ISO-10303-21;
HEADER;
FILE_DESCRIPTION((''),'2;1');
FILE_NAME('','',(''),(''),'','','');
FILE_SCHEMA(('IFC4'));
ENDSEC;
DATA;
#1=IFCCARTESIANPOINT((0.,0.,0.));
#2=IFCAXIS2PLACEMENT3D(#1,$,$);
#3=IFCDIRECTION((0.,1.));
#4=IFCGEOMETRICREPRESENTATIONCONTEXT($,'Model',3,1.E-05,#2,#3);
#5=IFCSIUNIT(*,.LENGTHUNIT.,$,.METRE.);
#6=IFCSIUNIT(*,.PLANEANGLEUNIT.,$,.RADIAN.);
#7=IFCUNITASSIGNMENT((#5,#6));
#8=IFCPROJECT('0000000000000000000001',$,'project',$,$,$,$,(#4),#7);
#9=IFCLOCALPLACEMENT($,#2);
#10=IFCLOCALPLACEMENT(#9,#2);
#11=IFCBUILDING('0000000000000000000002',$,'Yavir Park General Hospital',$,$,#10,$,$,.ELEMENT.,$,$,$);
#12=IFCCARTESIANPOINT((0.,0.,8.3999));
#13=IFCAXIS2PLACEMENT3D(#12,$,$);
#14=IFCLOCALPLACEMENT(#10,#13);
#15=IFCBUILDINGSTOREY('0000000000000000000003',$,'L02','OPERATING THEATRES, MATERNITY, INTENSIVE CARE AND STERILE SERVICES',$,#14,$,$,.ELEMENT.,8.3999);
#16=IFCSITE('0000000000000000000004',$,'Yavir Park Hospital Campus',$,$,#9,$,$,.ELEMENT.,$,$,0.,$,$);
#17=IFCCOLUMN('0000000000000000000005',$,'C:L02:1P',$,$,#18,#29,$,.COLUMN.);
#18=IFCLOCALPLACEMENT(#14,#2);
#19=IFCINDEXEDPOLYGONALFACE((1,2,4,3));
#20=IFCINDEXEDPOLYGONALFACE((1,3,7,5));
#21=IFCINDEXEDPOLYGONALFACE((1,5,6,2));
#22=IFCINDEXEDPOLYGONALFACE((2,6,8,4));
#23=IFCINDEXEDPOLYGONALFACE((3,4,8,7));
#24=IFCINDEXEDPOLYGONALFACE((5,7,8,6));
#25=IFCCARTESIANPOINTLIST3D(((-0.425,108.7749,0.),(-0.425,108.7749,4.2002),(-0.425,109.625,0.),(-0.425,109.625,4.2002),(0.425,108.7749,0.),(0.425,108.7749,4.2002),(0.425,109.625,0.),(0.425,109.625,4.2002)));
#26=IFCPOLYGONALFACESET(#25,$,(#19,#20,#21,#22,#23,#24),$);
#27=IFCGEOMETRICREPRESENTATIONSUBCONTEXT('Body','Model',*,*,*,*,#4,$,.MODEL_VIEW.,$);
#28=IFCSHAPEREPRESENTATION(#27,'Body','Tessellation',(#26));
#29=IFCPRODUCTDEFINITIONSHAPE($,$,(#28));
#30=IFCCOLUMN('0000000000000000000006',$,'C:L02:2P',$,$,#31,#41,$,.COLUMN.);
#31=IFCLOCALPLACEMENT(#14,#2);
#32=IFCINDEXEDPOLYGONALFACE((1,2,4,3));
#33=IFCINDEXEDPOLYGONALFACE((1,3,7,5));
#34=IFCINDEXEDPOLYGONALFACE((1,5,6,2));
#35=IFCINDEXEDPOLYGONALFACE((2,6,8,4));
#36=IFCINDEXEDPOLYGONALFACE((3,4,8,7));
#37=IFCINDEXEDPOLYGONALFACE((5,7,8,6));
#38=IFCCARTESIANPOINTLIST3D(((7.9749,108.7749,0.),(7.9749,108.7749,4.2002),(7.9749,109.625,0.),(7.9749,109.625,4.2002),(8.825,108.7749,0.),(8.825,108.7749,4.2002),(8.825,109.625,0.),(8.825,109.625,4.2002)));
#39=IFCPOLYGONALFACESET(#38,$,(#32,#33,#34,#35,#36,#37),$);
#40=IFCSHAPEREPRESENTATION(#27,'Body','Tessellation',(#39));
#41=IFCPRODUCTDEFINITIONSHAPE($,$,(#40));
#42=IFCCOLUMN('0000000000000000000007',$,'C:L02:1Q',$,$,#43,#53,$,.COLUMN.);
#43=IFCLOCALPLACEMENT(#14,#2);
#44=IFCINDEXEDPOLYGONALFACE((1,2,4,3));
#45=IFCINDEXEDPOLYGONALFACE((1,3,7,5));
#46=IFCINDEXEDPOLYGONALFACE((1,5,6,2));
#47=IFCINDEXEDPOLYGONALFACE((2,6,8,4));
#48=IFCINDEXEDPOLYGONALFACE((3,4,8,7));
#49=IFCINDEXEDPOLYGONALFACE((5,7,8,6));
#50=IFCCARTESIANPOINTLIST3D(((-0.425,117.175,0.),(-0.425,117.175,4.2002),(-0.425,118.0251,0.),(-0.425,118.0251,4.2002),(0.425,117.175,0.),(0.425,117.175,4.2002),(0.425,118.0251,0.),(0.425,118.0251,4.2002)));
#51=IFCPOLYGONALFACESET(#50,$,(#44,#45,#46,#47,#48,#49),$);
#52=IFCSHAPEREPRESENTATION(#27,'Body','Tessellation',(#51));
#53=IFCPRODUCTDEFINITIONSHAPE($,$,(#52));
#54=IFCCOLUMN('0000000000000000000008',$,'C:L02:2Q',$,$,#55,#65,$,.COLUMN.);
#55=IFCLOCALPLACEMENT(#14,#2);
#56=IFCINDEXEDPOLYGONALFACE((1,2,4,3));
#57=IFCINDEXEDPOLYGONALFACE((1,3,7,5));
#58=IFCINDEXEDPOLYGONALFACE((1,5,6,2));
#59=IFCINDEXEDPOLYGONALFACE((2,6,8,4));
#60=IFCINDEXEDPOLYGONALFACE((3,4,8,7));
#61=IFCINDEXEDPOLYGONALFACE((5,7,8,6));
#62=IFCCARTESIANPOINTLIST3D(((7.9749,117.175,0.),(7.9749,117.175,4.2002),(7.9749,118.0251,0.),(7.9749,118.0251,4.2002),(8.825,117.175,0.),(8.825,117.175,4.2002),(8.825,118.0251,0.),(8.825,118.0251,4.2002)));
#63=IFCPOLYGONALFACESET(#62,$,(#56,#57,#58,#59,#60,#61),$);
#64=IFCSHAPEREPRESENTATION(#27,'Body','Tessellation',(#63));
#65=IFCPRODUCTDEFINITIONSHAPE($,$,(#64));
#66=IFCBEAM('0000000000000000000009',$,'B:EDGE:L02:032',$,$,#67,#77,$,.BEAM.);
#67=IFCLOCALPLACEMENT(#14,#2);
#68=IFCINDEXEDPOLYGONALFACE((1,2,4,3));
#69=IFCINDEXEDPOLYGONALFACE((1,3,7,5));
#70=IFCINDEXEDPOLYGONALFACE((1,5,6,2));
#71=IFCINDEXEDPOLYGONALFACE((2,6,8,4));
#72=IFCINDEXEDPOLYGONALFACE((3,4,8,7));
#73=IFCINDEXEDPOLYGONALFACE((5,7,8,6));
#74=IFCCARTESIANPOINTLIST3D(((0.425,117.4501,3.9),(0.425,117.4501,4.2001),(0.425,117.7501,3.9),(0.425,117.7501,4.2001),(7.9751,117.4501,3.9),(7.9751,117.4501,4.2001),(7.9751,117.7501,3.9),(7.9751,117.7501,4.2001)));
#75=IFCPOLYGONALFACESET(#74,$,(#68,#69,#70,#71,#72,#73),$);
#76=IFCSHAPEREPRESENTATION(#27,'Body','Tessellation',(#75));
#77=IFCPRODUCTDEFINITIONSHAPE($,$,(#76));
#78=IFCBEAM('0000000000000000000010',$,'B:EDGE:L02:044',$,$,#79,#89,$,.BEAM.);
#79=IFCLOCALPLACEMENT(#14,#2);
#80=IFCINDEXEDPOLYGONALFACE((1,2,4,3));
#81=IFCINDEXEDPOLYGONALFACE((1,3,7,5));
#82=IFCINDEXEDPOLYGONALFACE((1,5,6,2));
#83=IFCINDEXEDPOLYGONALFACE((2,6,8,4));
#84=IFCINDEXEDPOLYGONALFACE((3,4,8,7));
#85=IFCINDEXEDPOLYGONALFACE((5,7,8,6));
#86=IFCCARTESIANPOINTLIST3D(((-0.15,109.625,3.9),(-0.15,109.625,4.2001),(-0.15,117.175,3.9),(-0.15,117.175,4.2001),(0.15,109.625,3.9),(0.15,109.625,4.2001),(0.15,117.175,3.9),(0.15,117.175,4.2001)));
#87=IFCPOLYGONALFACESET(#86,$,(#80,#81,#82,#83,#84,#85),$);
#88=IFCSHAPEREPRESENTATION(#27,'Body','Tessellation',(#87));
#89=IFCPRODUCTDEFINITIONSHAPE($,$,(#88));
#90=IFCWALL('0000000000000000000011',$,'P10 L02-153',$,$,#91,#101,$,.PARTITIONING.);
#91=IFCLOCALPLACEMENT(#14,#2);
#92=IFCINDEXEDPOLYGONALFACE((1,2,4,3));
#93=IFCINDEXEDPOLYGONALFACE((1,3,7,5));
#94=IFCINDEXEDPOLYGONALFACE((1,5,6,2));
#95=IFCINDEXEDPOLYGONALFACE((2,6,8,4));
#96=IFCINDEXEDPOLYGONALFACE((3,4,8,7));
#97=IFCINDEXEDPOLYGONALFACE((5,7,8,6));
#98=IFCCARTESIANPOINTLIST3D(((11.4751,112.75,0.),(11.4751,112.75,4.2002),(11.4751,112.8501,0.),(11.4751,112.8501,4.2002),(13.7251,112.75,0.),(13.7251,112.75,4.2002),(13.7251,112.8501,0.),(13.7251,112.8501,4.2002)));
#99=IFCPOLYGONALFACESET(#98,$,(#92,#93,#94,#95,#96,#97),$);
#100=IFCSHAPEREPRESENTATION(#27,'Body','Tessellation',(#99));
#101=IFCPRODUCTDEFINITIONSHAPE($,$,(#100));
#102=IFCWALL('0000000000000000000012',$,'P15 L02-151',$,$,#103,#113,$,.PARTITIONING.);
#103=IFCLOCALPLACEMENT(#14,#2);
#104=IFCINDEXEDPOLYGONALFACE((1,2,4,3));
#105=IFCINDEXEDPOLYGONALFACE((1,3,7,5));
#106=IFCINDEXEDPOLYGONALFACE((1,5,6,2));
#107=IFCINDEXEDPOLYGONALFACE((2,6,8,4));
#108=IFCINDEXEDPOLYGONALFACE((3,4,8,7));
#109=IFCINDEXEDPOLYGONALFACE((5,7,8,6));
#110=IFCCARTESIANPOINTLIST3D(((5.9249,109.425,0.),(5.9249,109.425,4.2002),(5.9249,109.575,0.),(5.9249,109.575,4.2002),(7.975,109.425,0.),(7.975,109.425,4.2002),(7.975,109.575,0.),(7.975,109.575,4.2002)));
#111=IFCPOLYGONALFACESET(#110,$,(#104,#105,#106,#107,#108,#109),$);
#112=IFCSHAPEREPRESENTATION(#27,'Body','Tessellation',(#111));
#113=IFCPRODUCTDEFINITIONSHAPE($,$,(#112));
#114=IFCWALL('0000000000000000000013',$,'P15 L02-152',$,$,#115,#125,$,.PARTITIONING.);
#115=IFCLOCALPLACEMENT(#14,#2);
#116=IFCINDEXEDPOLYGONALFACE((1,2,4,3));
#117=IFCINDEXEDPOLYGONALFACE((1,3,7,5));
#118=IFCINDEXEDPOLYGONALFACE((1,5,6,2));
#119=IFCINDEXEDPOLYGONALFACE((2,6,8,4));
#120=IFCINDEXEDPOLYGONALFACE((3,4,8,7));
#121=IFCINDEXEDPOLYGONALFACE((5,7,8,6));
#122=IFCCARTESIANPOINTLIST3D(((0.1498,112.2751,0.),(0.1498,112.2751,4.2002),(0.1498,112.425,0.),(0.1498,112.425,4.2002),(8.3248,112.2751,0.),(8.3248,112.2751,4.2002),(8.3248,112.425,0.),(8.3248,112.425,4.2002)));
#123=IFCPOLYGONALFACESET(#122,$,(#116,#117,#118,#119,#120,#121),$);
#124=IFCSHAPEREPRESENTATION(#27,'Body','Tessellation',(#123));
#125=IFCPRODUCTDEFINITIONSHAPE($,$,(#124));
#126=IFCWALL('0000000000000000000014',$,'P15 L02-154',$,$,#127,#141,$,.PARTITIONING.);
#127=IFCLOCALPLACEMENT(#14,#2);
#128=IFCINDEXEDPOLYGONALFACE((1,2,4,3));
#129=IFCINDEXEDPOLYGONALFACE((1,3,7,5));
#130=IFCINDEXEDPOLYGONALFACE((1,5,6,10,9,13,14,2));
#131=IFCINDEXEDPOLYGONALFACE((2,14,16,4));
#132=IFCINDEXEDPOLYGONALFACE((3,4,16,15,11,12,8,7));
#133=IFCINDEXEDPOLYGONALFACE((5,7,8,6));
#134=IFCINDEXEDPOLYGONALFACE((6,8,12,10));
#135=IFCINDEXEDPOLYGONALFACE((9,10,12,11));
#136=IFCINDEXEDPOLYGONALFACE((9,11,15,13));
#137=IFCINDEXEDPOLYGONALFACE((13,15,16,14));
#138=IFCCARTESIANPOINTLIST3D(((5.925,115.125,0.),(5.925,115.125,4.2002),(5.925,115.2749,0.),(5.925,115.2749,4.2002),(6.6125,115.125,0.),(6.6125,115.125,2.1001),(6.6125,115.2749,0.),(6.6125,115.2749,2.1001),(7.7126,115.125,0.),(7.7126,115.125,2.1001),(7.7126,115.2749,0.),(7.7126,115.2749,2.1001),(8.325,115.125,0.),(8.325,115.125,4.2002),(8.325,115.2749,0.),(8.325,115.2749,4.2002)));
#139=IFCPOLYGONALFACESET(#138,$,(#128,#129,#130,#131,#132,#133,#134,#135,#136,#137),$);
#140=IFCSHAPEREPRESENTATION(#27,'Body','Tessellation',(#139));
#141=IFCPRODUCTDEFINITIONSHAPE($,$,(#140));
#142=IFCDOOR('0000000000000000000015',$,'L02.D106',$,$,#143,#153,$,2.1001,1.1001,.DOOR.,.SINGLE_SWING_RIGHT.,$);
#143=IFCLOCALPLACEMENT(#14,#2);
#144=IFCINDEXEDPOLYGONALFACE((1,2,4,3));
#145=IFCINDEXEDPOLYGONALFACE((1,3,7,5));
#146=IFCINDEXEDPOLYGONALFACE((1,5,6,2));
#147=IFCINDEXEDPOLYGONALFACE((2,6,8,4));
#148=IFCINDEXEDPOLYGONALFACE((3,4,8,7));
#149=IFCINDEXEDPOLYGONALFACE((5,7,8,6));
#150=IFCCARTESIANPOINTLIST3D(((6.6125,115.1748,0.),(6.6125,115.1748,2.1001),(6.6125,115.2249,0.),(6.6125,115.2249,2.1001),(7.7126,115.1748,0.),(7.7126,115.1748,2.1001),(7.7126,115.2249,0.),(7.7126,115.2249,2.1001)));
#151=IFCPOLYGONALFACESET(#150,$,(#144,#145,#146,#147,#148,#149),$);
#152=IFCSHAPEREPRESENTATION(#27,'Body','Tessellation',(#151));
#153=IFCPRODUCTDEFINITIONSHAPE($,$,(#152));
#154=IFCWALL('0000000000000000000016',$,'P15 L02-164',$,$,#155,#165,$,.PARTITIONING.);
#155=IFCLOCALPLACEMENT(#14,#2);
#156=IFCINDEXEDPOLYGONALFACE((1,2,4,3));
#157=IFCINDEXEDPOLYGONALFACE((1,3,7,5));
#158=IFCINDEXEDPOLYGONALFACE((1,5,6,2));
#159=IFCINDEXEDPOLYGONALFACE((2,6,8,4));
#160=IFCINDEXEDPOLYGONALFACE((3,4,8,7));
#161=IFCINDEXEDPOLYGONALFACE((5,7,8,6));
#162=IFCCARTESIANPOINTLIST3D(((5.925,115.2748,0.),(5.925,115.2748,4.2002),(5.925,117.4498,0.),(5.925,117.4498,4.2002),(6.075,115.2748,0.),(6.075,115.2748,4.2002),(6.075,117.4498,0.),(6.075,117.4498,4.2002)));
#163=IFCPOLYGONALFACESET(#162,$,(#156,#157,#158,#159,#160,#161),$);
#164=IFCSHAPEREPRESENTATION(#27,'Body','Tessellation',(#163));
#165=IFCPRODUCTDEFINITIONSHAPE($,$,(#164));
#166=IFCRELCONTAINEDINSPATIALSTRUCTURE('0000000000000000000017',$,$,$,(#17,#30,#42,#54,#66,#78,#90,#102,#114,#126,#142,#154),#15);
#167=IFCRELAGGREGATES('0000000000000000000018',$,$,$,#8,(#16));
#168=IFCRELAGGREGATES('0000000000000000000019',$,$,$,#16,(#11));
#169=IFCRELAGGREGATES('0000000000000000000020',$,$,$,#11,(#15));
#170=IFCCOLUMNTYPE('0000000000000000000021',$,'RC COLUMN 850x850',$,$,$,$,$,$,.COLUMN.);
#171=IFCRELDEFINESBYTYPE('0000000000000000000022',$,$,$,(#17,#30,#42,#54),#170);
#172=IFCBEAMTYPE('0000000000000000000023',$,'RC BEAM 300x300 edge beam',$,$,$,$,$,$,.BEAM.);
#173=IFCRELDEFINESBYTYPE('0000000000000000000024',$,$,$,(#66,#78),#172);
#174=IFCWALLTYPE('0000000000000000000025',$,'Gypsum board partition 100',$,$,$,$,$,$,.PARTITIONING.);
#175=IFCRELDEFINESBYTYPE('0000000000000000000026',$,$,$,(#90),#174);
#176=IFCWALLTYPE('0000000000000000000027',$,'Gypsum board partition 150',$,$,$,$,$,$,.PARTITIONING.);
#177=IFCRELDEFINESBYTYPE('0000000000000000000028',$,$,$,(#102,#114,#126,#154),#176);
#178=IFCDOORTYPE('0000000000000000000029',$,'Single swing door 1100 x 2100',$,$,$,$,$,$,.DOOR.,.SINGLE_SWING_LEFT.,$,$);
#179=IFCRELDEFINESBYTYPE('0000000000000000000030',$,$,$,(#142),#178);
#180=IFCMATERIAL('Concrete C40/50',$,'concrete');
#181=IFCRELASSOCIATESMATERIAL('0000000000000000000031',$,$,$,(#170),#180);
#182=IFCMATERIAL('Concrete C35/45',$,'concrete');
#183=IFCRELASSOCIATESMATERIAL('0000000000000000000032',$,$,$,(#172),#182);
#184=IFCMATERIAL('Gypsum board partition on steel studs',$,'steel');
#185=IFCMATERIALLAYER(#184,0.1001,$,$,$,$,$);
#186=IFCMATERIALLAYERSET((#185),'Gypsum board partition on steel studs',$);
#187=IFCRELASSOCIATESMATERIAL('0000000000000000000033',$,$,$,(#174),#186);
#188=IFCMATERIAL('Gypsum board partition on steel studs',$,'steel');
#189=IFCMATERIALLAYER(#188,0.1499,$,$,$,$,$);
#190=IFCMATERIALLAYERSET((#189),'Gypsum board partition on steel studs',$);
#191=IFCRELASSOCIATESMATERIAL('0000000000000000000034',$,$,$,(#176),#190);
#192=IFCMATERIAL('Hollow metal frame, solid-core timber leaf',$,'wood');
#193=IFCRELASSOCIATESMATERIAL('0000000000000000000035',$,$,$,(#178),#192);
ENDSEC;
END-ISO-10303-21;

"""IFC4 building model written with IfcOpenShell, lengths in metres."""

from ifc_helpers import new_model, si_unit, direction, frame, frame_2d, origin, origin_2d, place, context, subcontext, project, spatial, rectangle, extrude, material, layer, layer_set, material_profile, profile_set, type_object, element, fill, save


model = new_model("IFC4")

# Units and contexts
model_context = context("Model", 3, precision=1e-05, world=origin(), true_north=direction((0.0, 1.0)))
body_context = subcontext(model_context, "Body", "Model", "MODEL_VIEW")
ifc_project = project(units=[si_unit("LENGTHUNIT", "METRE"), si_unit("PLANEANGLEUNIT", "RADIAN")], contexts=[model_context])

# Site, building, storey
site_placement = place(None, origin())
site = spatial("IfcSite", under=ifc_project, at=site_placement, Name="Yavir Park Hospital Campus", CompositionType="ELEMENT", RefElevation=0.0)
building_placement = place(site_placement, origin())
building = spatial("IfcBuilding", under=site, at=building_placement, Name="Yavir Park General Hospital", CompositionType="ELEMENT")
storey_placement = place(building_placement, frame((0.0, 0.0, 8.3999)))
storey = spatial("IfcBuildingStorey", under=building, at=storey_placement, Name="L02", Description="OPERATING THEATRES, MATERNITY, INTENSIVE CARE AND STERILE SERVICES", CompositionType="ELEMENT", Elevation=8.3999)

# Columns
ifc_material_1 = material(Name="Concrete C40/50", Category="concrete")
ifc_material_profile_1 = material_profile(ifc_material_1, rectangle(XDim=0.8501, YDim=0.8501, at=origin_2d()), Name="RC850x850")
ifc_profile_set_1 = profile_set([ifc_material_profile_1], Name="Concrete C40/50")
column_type = type_object("IfcColumnType", Name="RC COLUMN 850x850", PredefinedType="COLUMN", material=ifc_profile_set_1)
for number, where, z_axis, x_axis, name in (
    (1, (0.0, 109.2, 0.0), (0.0, 0.0, 1.0), (1.0, 0.0, 0.0), "C:L02:1P"),
    (2, (8.3999, 109.2, 0.0), (0.0, 0.0, 1.0), (1.0, 0.0, 0.0), "C:L02:2P"),
    (3, (0.0, 117.6001, 0.0), (0.0, 0.0, 1.0), (1.0, 0.0, 0.0), "C:L02:1Q"),
    (4, (8.3999, 117.6001, 0.0), (0.0, 0.0, 1.0), (1.0, 0.0, 0.0), "C:L02:2Q"),
):
    element("IfcColumn", number, at=place(storey_placement, frame(where, z_axis=z_axis, x_axis=x_axis)), inside=storey, type_object=column_type, Name=name, PredefinedType="COLUMN", context=body_context, shape_type="SweptSolid", body=[
        extrude(rectangle(XDim=0.8501, YDim=0.8501, at=origin_2d()), origin(), (0.0, 0.0, 1.0), 4.2002),
    ])

# Beams
ifc_material_2 = material(Name="Concrete C35/45", Category="concrete")
ifc_material_profile_2 = material_profile(ifc_material_2, rectangle(XDim=0.3, YDim=0.3, at=origin_2d()), Name="RC300x300")
ifc_profile_set_2 = profile_set([ifc_material_profile_2], Name="Concrete C35/45")
beam_type = type_object("IfcBeamType", Name="RC BEAM 300x300 edge beam", PredefinedType="BEAM", material=ifc_profile_set_2)
for number, where, z_axis, x_axis, name in (
    (5, (0.425, 117.6001, 4.05), (1.0, 0.0, 0.0), (0.0, 1.0, 0.0), "B:EDGE:L02:032"),
    (6, (0.0, 109.625, 4.05), (0.0, 1.0, 0.0), (-1.0, 0.0, 0.0), "B:EDGE:L02:044"),
):
    element("IfcBeam", number, at=place(storey_placement, frame(where, z_axis=z_axis, x_axis=x_axis)), inside=storey, type_object=beam_type, Name=name, PredefinedType="BEAM", context=body_context, shape_type="SweptSolid", body=[
        extrude(rectangle(XDim=0.3, YDim=0.3, at=origin_2d()), origin(), (0.0, 0.0, 1.0), 7.55),
    ])

# Walls
ifc_material_3 = material(Name="Gypsum board partition on steel studs", Category="steel")
ifc_layer_1 = layer(ifc_material_3, 0.1001)
ifc_layer_set_1 = layer_set([ifc_layer_1], Name="Gypsum board partition on steel studs")
wall_type_1 = type_object("IfcWallType", Name="Gypsum board partition 100", PredefinedType="PARTITIONING", material=ifc_layer_set_1)
wall_1_placement = place(storey_placement, frame((11.4751, 112.8, 0.0), z_axis=(0.0, 0.0, 1.0), x_axis=(1.0, 0.0, 0.0)))
element("IfcWall", 7, at=wall_1_placement, inside=storey, type_object=wall_type_1, Name="P10 L02-153", PredefinedType="PARTITIONING", context=body_context, shape_type="SweptSolid", body=[
    extrude(rectangle(XDim=2.25, YDim=0.1001, at=frame_2d((1.125, 0.0))), origin(), (0.0, 0.0, 1.0), 4.2002),
])
ifc_material_4 = material(Name="Gypsum board partition on steel studs", Category="steel")
ifc_layer_2 = layer(ifc_material_4, 0.1499)
ifc_layer_set_2 = layer_set([ifc_layer_2], Name="Gypsum board partition on steel studs")
wall_type_2 = type_object("IfcWallType", Name="Gypsum board partition 150", PredefinedType="PARTITIONING", material=ifc_layer_set_2)
wall_2_placement = place(storey_placement, frame((5.925, 109.5, 0.0), z_axis=(0.0, 0.0, 1.0), x_axis=(1.0, 0.0, 0.0)))
element("IfcWall", 8, at=wall_2_placement, inside=storey, type_object=wall_type_2, Name="P15 L02-151", PredefinedType="PARTITIONING", context=body_context, shape_type="SweptSolid", body=[
    extrude(rectangle(XDim=2.05, YDim=0.1499, at=frame_2d((1.0249, 0.0))), origin(), (0.0, 0.0, 1.0), 4.2002),
])
wall_3_placement = place(storey_placement, frame((0.1499, 112.3501, 0.0), z_axis=(0.0, 0.0, 1.0), x_axis=(1.0, 0.0, 0.0)))
element("IfcWall", 9, at=wall_3_placement, inside=storey, type_object=wall_type_2, Name="P15 L02-152", PredefinedType="PARTITIONING", context=body_context, shape_type="SweptSolid", body=[
    extrude(rectangle(XDim=8.175, YDim=0.1499, at=frame_2d((4.0874, 0.0))), origin(), (0.0, 0.0, 1.0), 4.2002),
])

# Wall, opening, door
wall_4_placement = place(storey_placement, frame((5.925, 115.2, 0.0), z_axis=(0.0, 0.0, 1.0), x_axis=(1.0, 0.0, 0.0)))
wall_4 = element("IfcWall", 10, at=wall_4_placement, inside=storey, type_object=wall_type_2, Name="P15 L02-154", PredefinedType="PARTITIONING", context=body_context, shape_type="SweptSolid", body=[
    extrude(rectangle(XDim=2.3999, YDim=0.1499, at=frame_2d((1.2, 0.0))), origin(), (0.0, 0.0, 1.0), 4.2002),
])
opening_1_placement = place(wall_4_placement, frame((0.6875, 0.0, 0.0)))
opening_1 = element("IfcOpeningElement", 11, at=opening_1_placement, cuts=wall_4, PredefinedType="OPENING", context=body_context, shape_type="SweptSolid", body=[
    extrude(rectangle(XDim=1.1001, YDim=2.1001, at=frame_2d((0.55, 1.05))), frame((0.0, 0.085, 0.0), z_axis=(0.0, -1.0, 0.0), x_axis=(1.0, 0.0, 0.0)), (0.0, 0.0, 1.0), 0.1699),
])
ifc_material_5 = material(Name="Hollow metal frame, solid-core timber leaf", Category="wood")
door_type_1 = type_object("IfcDoorType", Name="Single swing door 1100 x 2100", OperationType="SINGLE_SWING_LEFT", PredefinedType="DOOR", material=ifc_material_5)
door_1_placement = place(opening_1_placement, origin())
door_1 = element("IfcDoor", 12, at=door_1_placement, inside=storey, type_object=door_type_1, Name="L02.D106", OperationType="SINGLE_SWING_RIGHT", OverallHeight=2.1001, OverallWidth=1.1001, PredefinedType="DOOR", context=body_context, shape_type="SweptSolid", body=[
    extrude(rectangle(XDim=1.1001, YDim=2.1001, at=frame_2d((0.55, 1.05))), frame((0.0, 0.0249, 0.0), z_axis=(0.0, -1.0, 0.0), x_axis=(1.0, 0.0, 0.0)), (0.0, 0.0, 1.0), 0.05),
])
fill(opening_1, door_1)

# Wall
wall_5_placement = place(storey_placement, frame((6.0, 115.2749, 0.0), z_axis=(0.0, 0.0, 1.0), x_axis=(0.0, 1.0, 0.0)))
element("IfcWall", 13, at=wall_5_placement, inside=storey, type_object=wall_type_2, Name="P15 L02-164", PredefinedType="PARTITIONING", context=body_context, shape_type="SweptSolid", body=[
    extrude(rectangle(XDim=2.175, YDim=0.1499, at=frame_2d((1.0874, 0.0))), origin(), (0.0, 0.0, 1.0), 4.2002),
])

save(model, "model.ifc")
